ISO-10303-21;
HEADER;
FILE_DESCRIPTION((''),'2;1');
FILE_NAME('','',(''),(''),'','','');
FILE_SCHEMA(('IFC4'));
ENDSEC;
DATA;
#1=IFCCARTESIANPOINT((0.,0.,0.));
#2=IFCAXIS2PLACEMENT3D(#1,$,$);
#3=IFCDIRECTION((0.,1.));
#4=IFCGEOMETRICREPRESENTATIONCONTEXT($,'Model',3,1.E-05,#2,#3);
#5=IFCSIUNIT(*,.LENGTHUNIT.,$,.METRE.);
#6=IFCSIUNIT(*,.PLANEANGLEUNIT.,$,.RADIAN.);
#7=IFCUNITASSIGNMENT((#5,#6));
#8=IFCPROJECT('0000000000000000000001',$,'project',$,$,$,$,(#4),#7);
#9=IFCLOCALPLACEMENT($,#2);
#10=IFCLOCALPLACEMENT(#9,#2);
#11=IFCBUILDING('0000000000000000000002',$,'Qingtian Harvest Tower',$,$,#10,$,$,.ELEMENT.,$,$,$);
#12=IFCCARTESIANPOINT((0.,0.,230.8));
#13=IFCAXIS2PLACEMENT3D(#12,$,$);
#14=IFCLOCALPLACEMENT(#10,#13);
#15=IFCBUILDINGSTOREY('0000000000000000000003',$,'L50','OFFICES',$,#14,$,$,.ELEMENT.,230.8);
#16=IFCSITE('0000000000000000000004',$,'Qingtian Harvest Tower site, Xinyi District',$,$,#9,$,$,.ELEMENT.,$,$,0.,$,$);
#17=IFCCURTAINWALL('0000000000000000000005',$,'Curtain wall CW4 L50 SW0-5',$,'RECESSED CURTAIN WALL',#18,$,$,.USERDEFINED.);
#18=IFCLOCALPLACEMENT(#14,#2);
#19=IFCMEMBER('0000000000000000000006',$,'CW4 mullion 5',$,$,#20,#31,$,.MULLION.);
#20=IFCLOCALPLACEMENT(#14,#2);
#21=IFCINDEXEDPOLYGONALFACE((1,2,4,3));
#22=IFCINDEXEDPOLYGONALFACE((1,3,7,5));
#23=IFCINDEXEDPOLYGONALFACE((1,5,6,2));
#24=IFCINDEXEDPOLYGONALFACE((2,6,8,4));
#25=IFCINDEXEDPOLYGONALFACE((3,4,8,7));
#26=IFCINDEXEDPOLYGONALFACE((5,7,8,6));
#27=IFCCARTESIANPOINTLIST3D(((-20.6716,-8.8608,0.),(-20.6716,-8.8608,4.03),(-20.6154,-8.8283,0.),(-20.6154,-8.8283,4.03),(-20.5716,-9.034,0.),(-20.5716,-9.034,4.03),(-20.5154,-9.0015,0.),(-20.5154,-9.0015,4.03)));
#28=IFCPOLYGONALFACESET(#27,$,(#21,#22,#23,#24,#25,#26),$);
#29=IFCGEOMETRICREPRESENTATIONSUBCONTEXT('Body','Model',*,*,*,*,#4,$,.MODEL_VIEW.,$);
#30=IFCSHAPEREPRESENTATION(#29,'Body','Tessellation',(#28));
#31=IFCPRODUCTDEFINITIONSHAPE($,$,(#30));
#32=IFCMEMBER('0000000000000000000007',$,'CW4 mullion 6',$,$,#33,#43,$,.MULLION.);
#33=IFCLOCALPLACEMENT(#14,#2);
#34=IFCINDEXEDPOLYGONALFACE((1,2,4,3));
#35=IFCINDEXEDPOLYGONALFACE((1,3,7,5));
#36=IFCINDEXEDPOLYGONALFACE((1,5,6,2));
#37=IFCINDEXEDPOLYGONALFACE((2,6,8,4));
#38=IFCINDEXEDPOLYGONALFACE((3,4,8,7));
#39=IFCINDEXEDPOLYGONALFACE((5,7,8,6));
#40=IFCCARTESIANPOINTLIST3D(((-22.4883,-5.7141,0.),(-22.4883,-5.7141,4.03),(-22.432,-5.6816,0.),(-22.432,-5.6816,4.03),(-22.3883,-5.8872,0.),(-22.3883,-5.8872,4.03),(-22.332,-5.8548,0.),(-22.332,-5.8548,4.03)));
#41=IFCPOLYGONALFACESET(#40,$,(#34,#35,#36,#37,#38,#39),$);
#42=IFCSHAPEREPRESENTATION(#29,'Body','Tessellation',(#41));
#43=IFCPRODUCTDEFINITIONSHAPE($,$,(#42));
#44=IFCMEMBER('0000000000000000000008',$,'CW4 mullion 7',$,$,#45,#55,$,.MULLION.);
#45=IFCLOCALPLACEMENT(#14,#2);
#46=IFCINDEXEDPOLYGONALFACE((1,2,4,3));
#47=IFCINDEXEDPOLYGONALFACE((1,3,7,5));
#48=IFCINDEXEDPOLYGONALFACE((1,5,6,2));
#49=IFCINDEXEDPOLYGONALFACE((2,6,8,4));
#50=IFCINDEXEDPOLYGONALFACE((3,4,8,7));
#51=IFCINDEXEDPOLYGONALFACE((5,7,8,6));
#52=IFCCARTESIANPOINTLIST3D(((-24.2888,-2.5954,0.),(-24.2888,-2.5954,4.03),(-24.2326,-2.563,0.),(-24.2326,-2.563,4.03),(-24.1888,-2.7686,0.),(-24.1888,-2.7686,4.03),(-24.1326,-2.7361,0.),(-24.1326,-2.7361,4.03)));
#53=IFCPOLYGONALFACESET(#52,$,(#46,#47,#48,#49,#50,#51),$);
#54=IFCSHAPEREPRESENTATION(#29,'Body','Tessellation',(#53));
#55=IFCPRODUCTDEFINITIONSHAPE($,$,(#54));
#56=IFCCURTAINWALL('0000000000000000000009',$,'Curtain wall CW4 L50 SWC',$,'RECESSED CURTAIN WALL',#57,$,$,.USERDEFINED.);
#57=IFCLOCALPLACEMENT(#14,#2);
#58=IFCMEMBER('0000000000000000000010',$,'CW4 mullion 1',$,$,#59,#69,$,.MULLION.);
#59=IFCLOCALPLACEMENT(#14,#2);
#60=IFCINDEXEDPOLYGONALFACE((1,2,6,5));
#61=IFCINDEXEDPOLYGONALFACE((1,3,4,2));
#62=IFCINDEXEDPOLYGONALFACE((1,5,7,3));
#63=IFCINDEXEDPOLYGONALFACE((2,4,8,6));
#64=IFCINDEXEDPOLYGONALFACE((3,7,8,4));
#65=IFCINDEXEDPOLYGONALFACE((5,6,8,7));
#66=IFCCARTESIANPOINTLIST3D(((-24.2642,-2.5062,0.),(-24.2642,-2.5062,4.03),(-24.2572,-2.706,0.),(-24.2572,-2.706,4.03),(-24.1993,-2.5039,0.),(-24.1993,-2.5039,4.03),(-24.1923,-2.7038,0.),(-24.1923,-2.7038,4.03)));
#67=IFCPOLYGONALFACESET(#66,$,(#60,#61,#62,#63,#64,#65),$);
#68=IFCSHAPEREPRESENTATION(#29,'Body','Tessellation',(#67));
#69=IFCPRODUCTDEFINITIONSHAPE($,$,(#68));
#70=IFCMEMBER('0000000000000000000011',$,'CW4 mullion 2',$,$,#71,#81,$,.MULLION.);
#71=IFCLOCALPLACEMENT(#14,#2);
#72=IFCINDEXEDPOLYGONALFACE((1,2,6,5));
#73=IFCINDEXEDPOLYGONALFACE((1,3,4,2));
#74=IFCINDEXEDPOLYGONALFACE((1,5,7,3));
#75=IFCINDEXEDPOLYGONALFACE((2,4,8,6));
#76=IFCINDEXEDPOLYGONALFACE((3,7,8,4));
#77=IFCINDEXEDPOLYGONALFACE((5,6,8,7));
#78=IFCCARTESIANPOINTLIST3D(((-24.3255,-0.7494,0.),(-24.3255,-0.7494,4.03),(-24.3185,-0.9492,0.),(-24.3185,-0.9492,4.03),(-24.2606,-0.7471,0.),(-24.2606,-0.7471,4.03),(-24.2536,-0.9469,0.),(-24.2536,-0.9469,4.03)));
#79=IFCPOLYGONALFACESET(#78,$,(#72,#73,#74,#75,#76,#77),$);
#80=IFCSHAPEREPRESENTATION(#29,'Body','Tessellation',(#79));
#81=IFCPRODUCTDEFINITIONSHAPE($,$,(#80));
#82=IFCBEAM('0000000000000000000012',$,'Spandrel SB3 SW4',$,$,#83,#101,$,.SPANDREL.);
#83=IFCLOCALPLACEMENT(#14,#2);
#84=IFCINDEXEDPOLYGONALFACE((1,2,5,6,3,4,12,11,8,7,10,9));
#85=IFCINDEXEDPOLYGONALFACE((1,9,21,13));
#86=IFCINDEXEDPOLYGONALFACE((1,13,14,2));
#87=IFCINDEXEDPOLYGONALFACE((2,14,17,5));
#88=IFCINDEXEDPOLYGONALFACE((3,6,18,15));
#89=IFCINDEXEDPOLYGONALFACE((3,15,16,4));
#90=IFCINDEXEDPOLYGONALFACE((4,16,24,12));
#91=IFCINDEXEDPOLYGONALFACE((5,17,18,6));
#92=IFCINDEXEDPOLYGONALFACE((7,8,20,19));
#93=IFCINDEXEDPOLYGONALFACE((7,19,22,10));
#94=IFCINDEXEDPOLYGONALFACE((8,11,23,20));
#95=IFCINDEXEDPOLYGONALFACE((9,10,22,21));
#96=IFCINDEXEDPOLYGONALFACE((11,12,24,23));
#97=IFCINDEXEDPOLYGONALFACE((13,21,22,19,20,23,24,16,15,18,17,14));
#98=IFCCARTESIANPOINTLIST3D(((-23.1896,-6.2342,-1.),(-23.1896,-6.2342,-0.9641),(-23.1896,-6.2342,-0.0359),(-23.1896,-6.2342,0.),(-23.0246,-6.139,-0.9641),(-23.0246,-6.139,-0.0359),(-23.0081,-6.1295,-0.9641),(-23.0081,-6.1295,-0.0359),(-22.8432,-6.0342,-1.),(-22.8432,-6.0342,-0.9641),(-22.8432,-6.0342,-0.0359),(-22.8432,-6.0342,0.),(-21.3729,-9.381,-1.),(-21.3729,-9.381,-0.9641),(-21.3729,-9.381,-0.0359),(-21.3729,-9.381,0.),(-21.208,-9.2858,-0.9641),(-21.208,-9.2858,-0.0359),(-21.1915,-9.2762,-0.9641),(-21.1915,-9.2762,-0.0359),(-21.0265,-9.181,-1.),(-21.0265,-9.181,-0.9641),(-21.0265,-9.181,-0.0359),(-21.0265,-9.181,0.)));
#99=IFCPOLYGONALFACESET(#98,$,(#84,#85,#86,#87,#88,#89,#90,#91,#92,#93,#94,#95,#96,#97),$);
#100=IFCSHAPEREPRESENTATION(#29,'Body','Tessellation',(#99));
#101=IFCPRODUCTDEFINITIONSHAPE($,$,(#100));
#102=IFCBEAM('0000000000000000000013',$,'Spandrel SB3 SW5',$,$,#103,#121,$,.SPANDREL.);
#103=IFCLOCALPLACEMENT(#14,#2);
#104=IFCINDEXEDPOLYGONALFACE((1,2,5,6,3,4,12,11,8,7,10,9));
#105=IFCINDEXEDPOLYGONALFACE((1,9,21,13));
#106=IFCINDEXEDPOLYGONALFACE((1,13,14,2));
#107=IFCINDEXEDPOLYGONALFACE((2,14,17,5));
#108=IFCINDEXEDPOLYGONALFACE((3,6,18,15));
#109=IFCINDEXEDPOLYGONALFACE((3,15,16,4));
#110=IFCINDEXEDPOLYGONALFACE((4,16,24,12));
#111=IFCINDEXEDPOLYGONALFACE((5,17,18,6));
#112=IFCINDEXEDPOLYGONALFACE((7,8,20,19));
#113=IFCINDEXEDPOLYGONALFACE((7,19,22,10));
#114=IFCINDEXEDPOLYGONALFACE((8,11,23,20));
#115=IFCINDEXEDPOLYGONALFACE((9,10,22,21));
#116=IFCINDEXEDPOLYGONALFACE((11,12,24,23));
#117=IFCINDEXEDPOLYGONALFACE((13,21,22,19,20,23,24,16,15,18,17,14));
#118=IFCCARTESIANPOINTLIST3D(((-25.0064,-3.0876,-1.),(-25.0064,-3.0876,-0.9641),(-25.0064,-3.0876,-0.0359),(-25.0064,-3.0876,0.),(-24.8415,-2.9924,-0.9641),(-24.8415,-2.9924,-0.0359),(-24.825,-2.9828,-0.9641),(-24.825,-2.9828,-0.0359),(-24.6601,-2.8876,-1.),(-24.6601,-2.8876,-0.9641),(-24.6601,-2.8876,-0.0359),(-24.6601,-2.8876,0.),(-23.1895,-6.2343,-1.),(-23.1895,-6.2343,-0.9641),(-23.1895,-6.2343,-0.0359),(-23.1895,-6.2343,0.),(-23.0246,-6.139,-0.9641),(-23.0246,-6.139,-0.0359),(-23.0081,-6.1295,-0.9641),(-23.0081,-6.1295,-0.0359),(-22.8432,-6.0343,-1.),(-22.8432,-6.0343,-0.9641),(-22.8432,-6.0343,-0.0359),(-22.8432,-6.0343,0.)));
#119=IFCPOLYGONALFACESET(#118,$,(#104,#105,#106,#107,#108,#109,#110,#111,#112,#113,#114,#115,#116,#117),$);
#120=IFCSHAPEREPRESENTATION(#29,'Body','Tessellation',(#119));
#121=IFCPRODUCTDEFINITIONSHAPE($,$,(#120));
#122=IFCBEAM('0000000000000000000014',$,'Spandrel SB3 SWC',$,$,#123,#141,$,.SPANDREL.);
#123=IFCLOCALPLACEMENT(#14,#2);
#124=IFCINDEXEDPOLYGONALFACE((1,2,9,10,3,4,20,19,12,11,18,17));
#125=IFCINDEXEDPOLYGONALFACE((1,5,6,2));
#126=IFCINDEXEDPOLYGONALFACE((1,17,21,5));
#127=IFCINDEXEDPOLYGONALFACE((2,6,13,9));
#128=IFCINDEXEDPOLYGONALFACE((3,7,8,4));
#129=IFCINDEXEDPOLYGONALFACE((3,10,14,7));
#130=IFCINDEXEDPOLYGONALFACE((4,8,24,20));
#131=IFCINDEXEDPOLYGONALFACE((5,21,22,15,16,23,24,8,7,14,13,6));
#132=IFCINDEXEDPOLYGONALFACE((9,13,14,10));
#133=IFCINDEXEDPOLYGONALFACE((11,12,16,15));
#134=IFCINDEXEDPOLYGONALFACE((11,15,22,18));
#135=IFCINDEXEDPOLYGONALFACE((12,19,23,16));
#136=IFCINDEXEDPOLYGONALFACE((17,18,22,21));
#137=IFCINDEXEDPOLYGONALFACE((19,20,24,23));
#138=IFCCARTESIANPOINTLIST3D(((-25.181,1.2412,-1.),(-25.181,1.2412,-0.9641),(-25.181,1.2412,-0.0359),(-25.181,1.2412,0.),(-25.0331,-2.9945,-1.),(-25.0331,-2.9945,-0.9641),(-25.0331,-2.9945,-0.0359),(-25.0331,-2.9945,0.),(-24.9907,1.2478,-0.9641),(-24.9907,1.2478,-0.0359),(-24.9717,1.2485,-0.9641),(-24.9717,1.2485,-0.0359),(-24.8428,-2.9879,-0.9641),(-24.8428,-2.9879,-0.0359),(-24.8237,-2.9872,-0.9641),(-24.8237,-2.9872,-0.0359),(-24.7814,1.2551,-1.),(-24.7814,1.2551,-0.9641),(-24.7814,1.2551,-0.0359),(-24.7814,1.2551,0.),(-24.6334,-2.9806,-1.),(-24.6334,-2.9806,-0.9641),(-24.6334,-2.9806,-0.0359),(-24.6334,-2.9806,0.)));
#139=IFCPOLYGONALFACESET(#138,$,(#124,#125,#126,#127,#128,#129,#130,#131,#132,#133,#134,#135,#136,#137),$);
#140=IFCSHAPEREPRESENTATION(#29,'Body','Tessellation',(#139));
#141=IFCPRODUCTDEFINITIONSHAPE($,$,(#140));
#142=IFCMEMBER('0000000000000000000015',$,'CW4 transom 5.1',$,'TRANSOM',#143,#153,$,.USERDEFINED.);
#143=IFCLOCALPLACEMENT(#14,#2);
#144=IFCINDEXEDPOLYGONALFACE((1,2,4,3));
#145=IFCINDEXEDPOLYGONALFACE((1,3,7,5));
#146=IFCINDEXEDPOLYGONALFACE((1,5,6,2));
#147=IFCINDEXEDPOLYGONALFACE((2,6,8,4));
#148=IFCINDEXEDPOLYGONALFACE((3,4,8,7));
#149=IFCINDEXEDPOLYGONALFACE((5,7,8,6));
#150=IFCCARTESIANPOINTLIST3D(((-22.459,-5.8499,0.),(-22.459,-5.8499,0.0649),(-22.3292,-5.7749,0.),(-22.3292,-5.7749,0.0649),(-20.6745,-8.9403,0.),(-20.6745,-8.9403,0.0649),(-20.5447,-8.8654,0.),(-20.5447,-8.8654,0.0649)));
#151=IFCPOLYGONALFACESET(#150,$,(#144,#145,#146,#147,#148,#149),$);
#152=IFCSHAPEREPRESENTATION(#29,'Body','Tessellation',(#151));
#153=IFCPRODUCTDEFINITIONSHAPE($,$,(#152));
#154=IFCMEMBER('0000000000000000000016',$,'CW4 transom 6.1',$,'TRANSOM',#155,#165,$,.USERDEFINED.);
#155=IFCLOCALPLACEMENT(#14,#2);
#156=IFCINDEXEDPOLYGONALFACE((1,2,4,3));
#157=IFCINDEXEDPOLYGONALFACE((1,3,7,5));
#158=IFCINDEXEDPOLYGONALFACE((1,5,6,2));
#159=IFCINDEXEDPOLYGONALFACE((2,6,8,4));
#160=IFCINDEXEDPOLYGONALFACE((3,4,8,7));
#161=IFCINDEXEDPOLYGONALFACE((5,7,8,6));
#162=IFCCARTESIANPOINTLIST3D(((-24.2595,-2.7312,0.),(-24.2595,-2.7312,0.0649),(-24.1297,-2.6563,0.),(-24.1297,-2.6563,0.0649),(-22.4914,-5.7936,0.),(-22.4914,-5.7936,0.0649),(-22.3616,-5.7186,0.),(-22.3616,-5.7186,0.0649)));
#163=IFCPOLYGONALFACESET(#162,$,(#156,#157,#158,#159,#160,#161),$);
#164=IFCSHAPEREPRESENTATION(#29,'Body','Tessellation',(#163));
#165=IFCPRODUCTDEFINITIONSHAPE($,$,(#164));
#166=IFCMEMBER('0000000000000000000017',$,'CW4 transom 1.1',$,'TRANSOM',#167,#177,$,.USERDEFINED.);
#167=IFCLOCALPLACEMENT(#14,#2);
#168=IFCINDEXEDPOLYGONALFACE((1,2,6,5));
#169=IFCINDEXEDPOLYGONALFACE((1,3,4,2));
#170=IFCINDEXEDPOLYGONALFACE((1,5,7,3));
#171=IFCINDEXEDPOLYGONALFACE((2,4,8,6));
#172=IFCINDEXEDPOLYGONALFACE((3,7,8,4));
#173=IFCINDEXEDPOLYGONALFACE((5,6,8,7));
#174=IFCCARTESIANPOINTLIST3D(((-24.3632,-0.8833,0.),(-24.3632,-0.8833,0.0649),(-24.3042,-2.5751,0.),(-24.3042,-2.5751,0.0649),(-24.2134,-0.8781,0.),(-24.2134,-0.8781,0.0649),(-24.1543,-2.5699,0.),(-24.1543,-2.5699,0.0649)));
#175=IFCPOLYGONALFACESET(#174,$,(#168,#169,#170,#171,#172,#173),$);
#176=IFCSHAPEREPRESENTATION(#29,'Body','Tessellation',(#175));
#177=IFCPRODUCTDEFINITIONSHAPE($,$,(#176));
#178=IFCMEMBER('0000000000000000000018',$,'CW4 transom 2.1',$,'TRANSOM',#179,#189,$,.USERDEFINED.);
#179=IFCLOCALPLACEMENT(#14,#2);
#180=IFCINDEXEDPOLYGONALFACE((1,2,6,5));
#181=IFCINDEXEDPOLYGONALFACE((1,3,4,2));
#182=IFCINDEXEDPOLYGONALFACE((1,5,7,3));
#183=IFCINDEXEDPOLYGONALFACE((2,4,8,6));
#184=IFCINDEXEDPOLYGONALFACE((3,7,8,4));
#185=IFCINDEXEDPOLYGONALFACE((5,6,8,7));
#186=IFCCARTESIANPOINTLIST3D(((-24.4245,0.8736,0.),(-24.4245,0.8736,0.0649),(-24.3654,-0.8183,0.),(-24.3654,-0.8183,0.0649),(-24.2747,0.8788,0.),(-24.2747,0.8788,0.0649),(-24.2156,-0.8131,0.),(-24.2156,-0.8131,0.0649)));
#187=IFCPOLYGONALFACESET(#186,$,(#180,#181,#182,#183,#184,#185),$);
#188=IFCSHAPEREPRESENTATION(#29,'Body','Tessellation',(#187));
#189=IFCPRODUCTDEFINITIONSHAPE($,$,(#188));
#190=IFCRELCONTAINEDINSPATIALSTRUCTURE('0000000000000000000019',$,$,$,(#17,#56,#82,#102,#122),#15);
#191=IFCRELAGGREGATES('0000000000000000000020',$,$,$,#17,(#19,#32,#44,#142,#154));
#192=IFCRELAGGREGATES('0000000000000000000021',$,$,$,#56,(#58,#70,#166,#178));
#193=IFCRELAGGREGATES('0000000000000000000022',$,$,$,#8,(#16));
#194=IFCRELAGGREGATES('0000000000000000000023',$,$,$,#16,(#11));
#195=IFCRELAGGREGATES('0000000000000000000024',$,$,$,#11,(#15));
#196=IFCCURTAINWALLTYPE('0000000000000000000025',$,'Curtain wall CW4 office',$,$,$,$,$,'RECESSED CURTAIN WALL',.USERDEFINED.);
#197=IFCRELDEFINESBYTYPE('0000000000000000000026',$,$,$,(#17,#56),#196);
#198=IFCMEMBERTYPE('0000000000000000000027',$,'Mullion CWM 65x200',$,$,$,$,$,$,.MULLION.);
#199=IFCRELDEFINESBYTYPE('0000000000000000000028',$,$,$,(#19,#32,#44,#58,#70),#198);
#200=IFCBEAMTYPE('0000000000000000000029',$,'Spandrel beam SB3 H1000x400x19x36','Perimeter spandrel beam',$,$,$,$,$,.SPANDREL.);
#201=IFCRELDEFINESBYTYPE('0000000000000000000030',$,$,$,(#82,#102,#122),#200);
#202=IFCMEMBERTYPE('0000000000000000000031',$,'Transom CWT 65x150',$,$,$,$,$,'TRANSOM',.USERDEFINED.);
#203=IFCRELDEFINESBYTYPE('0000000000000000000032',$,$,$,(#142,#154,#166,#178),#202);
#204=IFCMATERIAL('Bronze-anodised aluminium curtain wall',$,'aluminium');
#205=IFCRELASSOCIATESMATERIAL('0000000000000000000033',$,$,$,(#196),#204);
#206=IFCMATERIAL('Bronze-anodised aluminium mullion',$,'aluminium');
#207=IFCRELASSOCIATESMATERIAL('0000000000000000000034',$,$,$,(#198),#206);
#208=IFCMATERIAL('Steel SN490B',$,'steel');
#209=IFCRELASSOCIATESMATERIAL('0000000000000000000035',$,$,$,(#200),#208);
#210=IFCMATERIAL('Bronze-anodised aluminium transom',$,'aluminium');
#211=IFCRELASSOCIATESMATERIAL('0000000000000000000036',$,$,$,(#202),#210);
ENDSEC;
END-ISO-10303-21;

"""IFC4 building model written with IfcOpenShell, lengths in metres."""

from ifc_helpers import new_model, si_unit, direction, frame, origin, origin_2d, place, context, subcontext, project, spatial, rectangle, i_section, extrude, material, material_profile, profile_set, type_object, element, aggregate, save


model = new_model("IFC4")

# Units and contexts
model_context = context("Model", 3, precision=1e-05, world=origin(), true_north=direction((0.0, 1.0)))
body_context = subcontext(model_context, "Body", "Model", "MODEL_VIEW")
ifc_project = project(units=[si_unit("LENGTHUNIT", "METRE"), si_unit("PLANEANGLEUNIT", "RADIAN")], contexts=[model_context])

# Site, building, storey
site_placement = place(None, origin())
site = spatial("IfcSite", under=ifc_project, at=site_placement, Name="Qingtian Harvest Tower site, Xinyi District", CompositionType="ELEMENT", RefElevation=0.0)
building_placement = place(site_placement, origin())
building = spatial("IfcBuilding", under=site, at=building_placement, Name="Qingtian Harvest Tower", CompositionType="ELEMENT")
storey_placement = place(building_placement, frame((0.0, 0.0, 230.8)))
storey = spatial("IfcBuildingStorey", under=building, at=storey_placement, Name="L50", Description="OFFICES", CompositionType="ELEMENT", Elevation=230.8)

# Curtain walls, members
ifc_material_1 = material(Name="Bronze-anodised aluminium curtain wall", Category="aluminium")
curtain_wall_type = type_object("IfcCurtainWallType", Name="Curtain wall CW4 office", ElementType="RECESSED CURTAIN WALL", PredefinedType="USERDEFINED", material=ifc_material_1)
curtain_wall_1_placement = place(storey_placement, origin())
curtain_wall_1 = element("IfcCurtainWall", 1, at=curtain_wall_1_placement, inside=storey, type_object=curtain_wall_type, Name="Curtain wall CW4 L50 SW0-5", ObjectType="RECESSED CURTAIN WALL", PredefinedType="USERDEFINED")
ifc_material_2 = material(Name="Bronze-anodised aluminium mullion", Category="aluminium")
ifc_material_profile_1 = material_profile(ifc_material_2, rectangle(XDim=0.0649, YDim=0.2, at=origin_2d()), Name="AL 65x200")
ifc_profile_set_1 = profile_set([ifc_material_profile_1], Name="Bronze-anodised aluminium mullion")
member_type_1 = type_object("IfcMemberType", Name="Mullion CWM 65x200", PredefinedType="MULLION", material=ifc_profile_set_1)
member_1_placement = place(storey_placement, frame((-20.5935, -8.9312, 0.0), z_axis=(0.0, 0.0, 1.0), x_axis=(-0.866025, -0.5, 0.0)))
member_1 = element("IfcMember", 2, at=member_1_placement, type_object=member_type_1, Name="CW4 mullion 5", PredefinedType="MULLION", context=body_context, shape_type="SweptSolid", body=[
    extrude(rectangle(XDim=0.0649, YDim=0.2, at=origin_2d()), origin(), (0.0, 0.0, 1.0), 4.03),
])
member_2_placement = place(storey_placement, frame((-22.4102, -5.7844, 0.0), z_axis=(0.0, 0.0, 1.0), x_axis=(-0.866025, -0.5, 0.0)))
member_2 = element("IfcMember", 3, at=member_2_placement, type_object=member_type_1, Name="CW4 mullion 6", PredefinedType="MULLION", context=body_context, shape_type="SweptSolid", body=[
    extrude(rectangle(XDim=0.0649, YDim=0.2, at=origin_2d()), origin(), (0.0, 0.0, 1.0), 4.03),
])
member_3_placement = place(storey_placement, frame((-24.2107, -2.6658, 0.0), z_axis=(0.0, 0.0, 1.0), x_axis=(-0.866025, -0.5, 0.0)))
member_3 = element("IfcMember", 4, at=member_3_placement, type_object=member_type_1, Name="CW4 mullion 7", PredefinedType="MULLION", context=body_context, shape_type="SweptSolid", body=[
    extrude(rectangle(XDim=0.0649, YDim=0.2, at=origin_2d()), origin(), (0.0, 0.0, 1.0), 4.03),
])
curtain_wall_2_placement = place(storey_placement, origin())
curtain_wall_2 = element("IfcCurtainWall", 5, at=curtain_wall_2_placement, inside=storey, type_object=curtain_wall_type, Name="Curtain wall CW4 L50 SWC", ObjectType="RECESSED CURTAIN WALL", PredefinedType="USERDEFINED")
member_4_placement = place(storey_placement, frame((-24.2283, -2.605, 0.0), z_axis=(0.0, 0.0, 1.0), x_axis=(-0.999391, -0.034899, 0.0)))
member_4 = element("IfcMember", 6, at=member_4_placement, type_object=member_type_1, Name="CW4 mullion 1", PredefinedType="MULLION", context=body_context, shape_type="SweptSolid", body=[
    extrude(rectangle(XDim=0.0649, YDim=0.2, at=origin_2d()), origin(), (0.0, 0.0, 1.0), 4.03),
])
member_5_placement = place(storey_placement, frame((-24.2896, -0.8481, 0.0), z_axis=(0.0, 0.0, 1.0), x_axis=(-0.999391, -0.034899, 0.0)))
member_5 = element("IfcMember", 7, at=member_5_placement, type_object=member_type_1, Name="CW4 mullion 2", PredefinedType="MULLION", context=body_context, shape_type="SweptSolid", body=[
    extrude(rectangle(XDim=0.0649, YDim=0.2, at=origin_2d()), origin(), (0.0, 0.0, 1.0), 4.03),
])

# Beams
ifc_material_3 = material(Name="Steel SN490B", Category="steel")
ifc_material_profile_2 = material_profile(ifc_material_3, i_section(OverallWidth=0.3999, OverallDepth=1.0, WebThickness=0.019, FlangeThickness=0.0359, at=origin_2d()), Name="H1000x400x19x36")
ifc_profile_set_2 = profile_set([ifc_material_profile_2], Name="Steel SN490B")
beam_type_1 = type_object("IfcBeamType", Name="Spandrel beam SB3 H1000x400x19x36", Description="Perimeter spandrel beam", PredefinedType="SPANDREL", material=ifc_profile_set_2)
for number, where, z_axis, x_axis, name in (
    (8, (-21.1997, -9.281, -0.5), (-0.499976, 0.866039, 0.0), (-0.866039, -0.499976, 0.0), "Spandrel SB3 SW4"),
    (9, (-23.0164, -6.1343, -0.5), (-0.500027, 0.86601, 0.0), (-0.86601, -0.500027, 0.0), "Spandrel SB3 SW5"),
):
    element("IfcBeam", number, at=place(storey_placement, frame(where, z_axis=z_axis, x_axis=x_axis)), inside=storey, type_object=beam_type_1, Name=name, PredefinedType="SPANDREL", context=body_context, shape_type="SweptSolid", body=[
        extrude(i_section(OverallWidth=0.3999, OverallDepth=1.0, WebThickness=0.019, FlangeThickness=0.0359, at=origin_2d()), origin(), (0.0, 0.0, 1.0), 3.6335),
    ])
beam_1_placement = place(storey_placement, frame((-24.8333, -2.9875, -0.5), z_axis=(-0.034909, 0.999391, 0.0), x_axis=(-0.999391, -0.034909, 0.0)))
element("IfcBeam", 10, at=beam_1_placement, inside=storey, type_object=beam_type_1, Name="Spandrel SB3 SWC", PredefinedType="SPANDREL", context=body_context, shape_type="SweptSolid", body=[
    extrude(i_section(OverallWidth=0.3999, OverallDepth=1.0, WebThickness=0.019, FlangeThickness=0.0359, at=origin_2d()), origin(), (0.0, 0.0, 1.0), 4.2383),
])

# Members
ifc_material_4 = material(Name="Bronze-anodised aluminium transom", Category="aluminium")
ifc_material_profile_3 = material_profile(ifc_material_4, rectangle(XDim=0.1499, YDim=0.0649, at=origin_2d()), Name="AL 65x150")
ifc_profile_set_3 = profile_set([ifc_material_profile_3], Name="Bronze-anodised aluminium transom")
member_type_2 = type_object("IfcMemberType", Name="Transom CWT 65x150", ElementType="TRANSOM", PredefinedType="USERDEFINED", material=ifc_profile_set_3)
member_6_placement = place(storey_placement, frame((-20.6096, -8.9028, 0.0325), z_axis=(-0.500046, 0.865999, 0.0), x_axis=(-0.865999, -0.500046, 0.0)))
member_6 = element("IfcMember", 11, at=member_6_placement, type_object=member_type_2, Name="CW4 transom 5.1", ObjectType="TRANSOM", PredefinedType="USERDEFINED", context=body_context, shape_type="SweptSolid", body=[
    extrude(rectangle(XDim=0.1499, YDim=0.0649, at=origin_2d()), origin(), (0.0, 0.0, 1.0), 3.5686),
])
member_7_placement = place(storey_placement, frame((-22.4265, -5.7561, 0.0325), z_axis=(-0.500015, 0.866017, 0.0), x_axis=(-0.866017, -0.500015, 0.0)))
member_7 = element("IfcMember", 12, at=member_7_placement, type_object=member_type_2, Name="CW4 transom 6.1", ObjectType="TRANSOM", PredefinedType="USERDEFINED", context=body_context, shape_type="SweptSolid", body=[
    extrude(rectangle(XDim=0.1499, YDim=0.0649, at=origin_2d()), origin(), (0.0, 0.0, 1.0), 3.5361),
])
member_8_placement = place(storey_placement, frame((-24.2292, -2.5725, 0.0325), z_axis=(-0.034899, 0.999391, 0.0), x_axis=(-0.999391, -0.034899, 0.0)))
member_8 = element("IfcMember", 13, at=member_8_placement, type_object=member_type_2, Name="CW4 transom 1.1", ObjectType="TRANSOM", PredefinedType="USERDEFINED", context=body_context, shape_type="SweptSolid", body=[
    extrude(rectangle(XDim=0.1499, YDim=0.0649, at=origin_2d()), origin(), (0.0, 0.0, 1.0), 1.6929),
])
member_9_placement = place(storey_placement, frame((-24.2905, -0.8157, 0.0325), z_axis=(-0.034899, 0.999391, 0.0), x_axis=(-0.999391, -0.034899, 0.0)))
member_9 = element("IfcMember", 14, at=member_9_placement, type_object=member_type_2, Name="CW4 transom 2.1", ObjectType="TRANSOM", PredefinedType="USERDEFINED", context=body_context, shape_type="SweptSolid", body=[
    extrude(rectangle(XDim=0.1499, YDim=0.0649, at=origin_2d()), origin(), (0.0, 0.0, 1.0), 1.6929),
])

aggregate(curtain_wall_1, [member_1, member_2, member_3, member_6, member_7])
aggregate(curtain_wall_2, [member_4, member_5, member_8, member_9])

save(model, "model.ifc")
